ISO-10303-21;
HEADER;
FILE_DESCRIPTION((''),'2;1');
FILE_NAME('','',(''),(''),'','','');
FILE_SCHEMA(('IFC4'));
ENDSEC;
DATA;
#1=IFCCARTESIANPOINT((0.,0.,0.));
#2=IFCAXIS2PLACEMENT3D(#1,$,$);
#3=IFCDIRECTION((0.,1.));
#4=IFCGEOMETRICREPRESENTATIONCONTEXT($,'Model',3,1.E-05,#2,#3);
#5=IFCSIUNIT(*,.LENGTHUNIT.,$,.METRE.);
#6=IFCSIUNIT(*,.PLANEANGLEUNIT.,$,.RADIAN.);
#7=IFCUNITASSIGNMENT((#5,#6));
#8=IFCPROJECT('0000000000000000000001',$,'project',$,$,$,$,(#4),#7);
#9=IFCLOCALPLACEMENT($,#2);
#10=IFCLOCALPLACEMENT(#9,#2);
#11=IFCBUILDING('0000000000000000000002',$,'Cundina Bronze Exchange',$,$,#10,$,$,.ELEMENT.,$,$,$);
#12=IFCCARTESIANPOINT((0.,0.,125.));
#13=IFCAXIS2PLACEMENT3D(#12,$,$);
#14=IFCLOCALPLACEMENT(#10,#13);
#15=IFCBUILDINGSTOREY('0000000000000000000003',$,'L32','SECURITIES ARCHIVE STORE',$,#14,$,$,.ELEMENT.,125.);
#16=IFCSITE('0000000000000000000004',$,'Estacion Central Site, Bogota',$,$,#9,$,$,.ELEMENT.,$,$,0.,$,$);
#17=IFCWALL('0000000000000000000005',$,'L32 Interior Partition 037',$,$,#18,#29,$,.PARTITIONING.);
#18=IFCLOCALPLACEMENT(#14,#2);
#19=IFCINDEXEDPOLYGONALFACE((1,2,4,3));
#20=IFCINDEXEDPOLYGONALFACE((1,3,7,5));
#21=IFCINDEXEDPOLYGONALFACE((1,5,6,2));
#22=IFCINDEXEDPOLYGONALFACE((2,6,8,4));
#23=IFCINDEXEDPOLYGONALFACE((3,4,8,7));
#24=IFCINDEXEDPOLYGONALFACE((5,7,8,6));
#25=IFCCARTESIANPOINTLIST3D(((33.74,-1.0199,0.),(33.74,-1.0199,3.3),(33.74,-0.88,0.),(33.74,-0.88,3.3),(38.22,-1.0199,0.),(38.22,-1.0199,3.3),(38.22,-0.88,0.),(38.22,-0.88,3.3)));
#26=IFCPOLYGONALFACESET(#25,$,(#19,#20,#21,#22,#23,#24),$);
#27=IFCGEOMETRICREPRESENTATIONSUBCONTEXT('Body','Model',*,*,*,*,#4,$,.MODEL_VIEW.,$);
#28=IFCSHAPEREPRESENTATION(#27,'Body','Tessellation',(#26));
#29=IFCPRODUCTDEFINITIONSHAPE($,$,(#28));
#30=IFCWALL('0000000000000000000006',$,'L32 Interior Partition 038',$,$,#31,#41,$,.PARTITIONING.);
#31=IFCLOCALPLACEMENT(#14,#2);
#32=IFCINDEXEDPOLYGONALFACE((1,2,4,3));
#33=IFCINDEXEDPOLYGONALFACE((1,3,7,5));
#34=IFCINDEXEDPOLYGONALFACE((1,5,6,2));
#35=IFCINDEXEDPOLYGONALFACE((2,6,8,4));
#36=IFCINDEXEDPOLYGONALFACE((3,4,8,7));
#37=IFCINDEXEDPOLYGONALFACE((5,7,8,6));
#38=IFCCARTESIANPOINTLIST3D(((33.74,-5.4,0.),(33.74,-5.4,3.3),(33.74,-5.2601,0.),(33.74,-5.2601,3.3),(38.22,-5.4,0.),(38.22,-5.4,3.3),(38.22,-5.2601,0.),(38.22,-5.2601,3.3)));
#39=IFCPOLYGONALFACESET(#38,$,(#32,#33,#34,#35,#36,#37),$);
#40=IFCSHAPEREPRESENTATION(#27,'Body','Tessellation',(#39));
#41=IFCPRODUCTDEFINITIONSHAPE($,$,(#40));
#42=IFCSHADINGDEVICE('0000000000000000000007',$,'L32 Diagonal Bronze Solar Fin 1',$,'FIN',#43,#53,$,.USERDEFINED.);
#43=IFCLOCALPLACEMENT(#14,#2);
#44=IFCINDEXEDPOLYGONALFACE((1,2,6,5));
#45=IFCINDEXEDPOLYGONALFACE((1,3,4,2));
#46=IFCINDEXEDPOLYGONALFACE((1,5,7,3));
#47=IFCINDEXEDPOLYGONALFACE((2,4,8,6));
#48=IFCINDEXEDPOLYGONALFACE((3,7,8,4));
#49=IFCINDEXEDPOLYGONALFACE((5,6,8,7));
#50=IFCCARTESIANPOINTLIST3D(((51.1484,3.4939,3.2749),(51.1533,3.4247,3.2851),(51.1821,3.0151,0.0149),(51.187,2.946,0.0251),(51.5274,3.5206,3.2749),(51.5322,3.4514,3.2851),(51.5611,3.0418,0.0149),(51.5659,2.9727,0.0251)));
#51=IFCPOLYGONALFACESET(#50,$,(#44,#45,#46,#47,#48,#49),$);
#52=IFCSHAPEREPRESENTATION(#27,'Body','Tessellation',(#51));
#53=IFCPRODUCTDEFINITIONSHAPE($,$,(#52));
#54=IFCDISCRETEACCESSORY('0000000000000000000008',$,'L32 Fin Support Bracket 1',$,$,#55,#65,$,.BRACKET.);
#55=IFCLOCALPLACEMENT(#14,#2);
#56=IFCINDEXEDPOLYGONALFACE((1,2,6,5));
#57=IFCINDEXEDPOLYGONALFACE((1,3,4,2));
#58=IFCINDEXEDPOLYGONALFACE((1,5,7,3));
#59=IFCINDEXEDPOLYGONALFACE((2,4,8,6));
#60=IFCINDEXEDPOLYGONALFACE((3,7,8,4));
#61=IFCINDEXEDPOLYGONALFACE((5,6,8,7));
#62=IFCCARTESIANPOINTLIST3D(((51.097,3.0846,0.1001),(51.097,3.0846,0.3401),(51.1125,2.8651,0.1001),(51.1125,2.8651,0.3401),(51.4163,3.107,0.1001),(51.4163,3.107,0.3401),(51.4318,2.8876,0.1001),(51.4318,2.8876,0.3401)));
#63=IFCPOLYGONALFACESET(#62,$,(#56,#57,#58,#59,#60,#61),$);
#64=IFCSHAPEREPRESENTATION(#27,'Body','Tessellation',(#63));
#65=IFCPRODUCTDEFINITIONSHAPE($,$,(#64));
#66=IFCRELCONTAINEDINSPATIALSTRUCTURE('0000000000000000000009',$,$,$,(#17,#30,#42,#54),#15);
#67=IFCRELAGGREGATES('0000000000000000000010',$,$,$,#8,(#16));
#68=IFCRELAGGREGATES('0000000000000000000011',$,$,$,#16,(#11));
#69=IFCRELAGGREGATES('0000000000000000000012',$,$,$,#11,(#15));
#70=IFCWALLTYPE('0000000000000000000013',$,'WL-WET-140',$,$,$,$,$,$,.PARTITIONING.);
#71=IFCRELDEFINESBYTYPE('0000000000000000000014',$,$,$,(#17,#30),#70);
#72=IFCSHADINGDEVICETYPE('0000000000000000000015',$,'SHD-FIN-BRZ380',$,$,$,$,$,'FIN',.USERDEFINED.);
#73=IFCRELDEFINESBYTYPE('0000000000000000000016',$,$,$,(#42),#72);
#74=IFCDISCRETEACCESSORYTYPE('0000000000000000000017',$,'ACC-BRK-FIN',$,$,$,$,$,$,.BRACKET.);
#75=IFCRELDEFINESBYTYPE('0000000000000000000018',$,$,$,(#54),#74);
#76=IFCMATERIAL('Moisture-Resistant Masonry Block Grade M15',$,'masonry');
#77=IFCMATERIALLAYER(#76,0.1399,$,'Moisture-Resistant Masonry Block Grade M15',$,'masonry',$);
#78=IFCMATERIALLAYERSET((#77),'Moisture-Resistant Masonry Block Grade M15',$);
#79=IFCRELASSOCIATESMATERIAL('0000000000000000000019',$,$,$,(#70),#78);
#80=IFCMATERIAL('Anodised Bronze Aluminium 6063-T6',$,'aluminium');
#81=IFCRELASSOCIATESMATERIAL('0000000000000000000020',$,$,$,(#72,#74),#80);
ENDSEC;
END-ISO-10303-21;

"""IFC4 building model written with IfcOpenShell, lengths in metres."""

from ifc_helpers import new_model, si_unit, direction, frame, frame_2d, origin, origin_2d, place, context, subcontext, project, spatial, rectangle, extrude, material, layer, layer_set, material_profile, profile_set, type_object, element, save


model = new_model("IFC4")

# Units and contexts
model_context = context("Model", 3, precision=1e-05, world=origin(), true_north=direction((0.0, 1.0)))
body_context = subcontext(model_context, "Body", "Model", "MODEL_VIEW")
ifc_project = project(units=[si_unit("LENGTHUNIT", "METRE"), si_unit("PLANEANGLEUNIT", "RADIAN")], contexts=[model_context])

# Site, building, storey
site_placement = place(None, origin())
site = spatial("IfcSite", under=ifc_project, at=site_placement, Name="Estacion Central Site, Bogota", CompositionType="ELEMENT", RefElevation=0.0)
building_placement = place(site_placement, origin())
building = spatial("IfcBuilding", under=site, at=building_placement, Name="Cundina Bronze Exchange", CompositionType="ELEMENT")
storey_placement = place(building_placement, frame((0.0, 0.0, 125.0)))
storey = spatial("IfcBuildingStorey", under=building, at=storey_placement, Name="L32", Description="SECURITIES ARCHIVE STORE", CompositionType="ELEMENT", Elevation=125.0)

# Shared definitions
ifc_material_1 = material(Name="Anodised Bronze Aluminium 6063-T6", Category="aluminium")

# Walls
ifc_material_2 = material(Name="Moisture-Resistant Masonry Block Grade M15", Category="masonry")
ifc_layer_1 = layer(ifc_material_2, 0.1399, Name="Moisture-Resistant Masonry Block Grade M15", Category="masonry")
ifc_layer_set_1 = layer_set([ifc_layer_1], Name="Moisture-Resistant Masonry Block Grade M15")
wall_type_1 = type_object("IfcWallType", Name="WL-WET-140", PredefinedType="PARTITIONING", material=ifc_layer_set_1)
for number, where, z_axis, x_axis, name in (
    (1, (33.74, -0.95, 0.0), (0.0, 0.0, 1.0), (1.0, 0.0, 0.0), "L32 Interior Partition 037"),
    (2, (33.74, -5.3301, 0.0), (0.0, 0.0, 1.0), (1.0, 0.0, 0.0), "L32 Interior Partition 038"),
):
    element("IfcWall", number, at=place(storey_placement, frame(where, z_axis=z_axis, x_axis=x_axis)), inside=storey, type_object=wall_type_1, Name=name, PredefinedType="PARTITIONING", context=body_context, shape_type="SweptSolid", body=[
        extrude(rectangle(XDim=4.48, YDim=0.1399, at=frame_2d((2.24, 0.0))), origin(), (0.0, 0.0, 1.0), 3.3),
    ])

# Shading device
ifc_material_profile_1 = material_profile(ifc_material_1, rectangle(XDim=0.0701, YDim=0.3799, at=origin_2d()), Name="FIN70X380", Category="aluminium")
ifc_profile_set_1 = profile_set([ifc_material_profile_1], Name="Anodised Bronze Aluminium 6063-T6")
shading_device_type = type_object("IfcShadingDeviceType", Name="SHD-FIN-BRZ380", ElementType="FIN", PredefinedType="USERDEFINED", material=ifc_profile_set_1)
shading_device_placement = place(storey_placement, frame((51.374, 2.9939, 0.02), z_axis=(-0.010225, 0.145292, 0.989336), x_axis=(0.06945, -0.986895, 0.145652)))
element("IfcShadingDevice", 3, at=shading_device_placement, inside=storey, type_object=shading_device_type, Name="L32 Diagonal Bronze Solar Fin 1", ObjectType="FIN", PredefinedType="USERDEFINED", context=body_context, shape_type="SweptSolid", body=[
    extrude(rectangle(XDim=0.0701, YDim=0.3799, at=origin_2d()), origin(), (0.0, 0.0, 1.0), 3.2952),
])

# Discrete accessory
discrete_accessory_type = type_object("IfcDiscreteAccessoryType", Name="ACC-BRK-FIN", PredefinedType="BRACKET", material=ifc_material_1)
discrete_accessory_placement = place(storey_placement, frame((51.2644, 2.9861, 0.1001), z_axis=(0.0, 0.0, 1.0), x_axis=(-0.070279, 0.997527, 0.0)))
element("IfcDiscreteAccessory", 4, at=discrete_accessory_placement, inside=storey, type_object=discrete_accessory_type, Name="L32 Fin Support Bracket 1", PredefinedType="BRACKET", context=body_context, shape_type="SweptSolid", body=[
    extrude(rectangle(XDim=0.22, YDim=0.3201, at=origin_2d()), origin(), (0.0, 0.0, 1.0), 0.24),
])

save(model, "model.ifc")
